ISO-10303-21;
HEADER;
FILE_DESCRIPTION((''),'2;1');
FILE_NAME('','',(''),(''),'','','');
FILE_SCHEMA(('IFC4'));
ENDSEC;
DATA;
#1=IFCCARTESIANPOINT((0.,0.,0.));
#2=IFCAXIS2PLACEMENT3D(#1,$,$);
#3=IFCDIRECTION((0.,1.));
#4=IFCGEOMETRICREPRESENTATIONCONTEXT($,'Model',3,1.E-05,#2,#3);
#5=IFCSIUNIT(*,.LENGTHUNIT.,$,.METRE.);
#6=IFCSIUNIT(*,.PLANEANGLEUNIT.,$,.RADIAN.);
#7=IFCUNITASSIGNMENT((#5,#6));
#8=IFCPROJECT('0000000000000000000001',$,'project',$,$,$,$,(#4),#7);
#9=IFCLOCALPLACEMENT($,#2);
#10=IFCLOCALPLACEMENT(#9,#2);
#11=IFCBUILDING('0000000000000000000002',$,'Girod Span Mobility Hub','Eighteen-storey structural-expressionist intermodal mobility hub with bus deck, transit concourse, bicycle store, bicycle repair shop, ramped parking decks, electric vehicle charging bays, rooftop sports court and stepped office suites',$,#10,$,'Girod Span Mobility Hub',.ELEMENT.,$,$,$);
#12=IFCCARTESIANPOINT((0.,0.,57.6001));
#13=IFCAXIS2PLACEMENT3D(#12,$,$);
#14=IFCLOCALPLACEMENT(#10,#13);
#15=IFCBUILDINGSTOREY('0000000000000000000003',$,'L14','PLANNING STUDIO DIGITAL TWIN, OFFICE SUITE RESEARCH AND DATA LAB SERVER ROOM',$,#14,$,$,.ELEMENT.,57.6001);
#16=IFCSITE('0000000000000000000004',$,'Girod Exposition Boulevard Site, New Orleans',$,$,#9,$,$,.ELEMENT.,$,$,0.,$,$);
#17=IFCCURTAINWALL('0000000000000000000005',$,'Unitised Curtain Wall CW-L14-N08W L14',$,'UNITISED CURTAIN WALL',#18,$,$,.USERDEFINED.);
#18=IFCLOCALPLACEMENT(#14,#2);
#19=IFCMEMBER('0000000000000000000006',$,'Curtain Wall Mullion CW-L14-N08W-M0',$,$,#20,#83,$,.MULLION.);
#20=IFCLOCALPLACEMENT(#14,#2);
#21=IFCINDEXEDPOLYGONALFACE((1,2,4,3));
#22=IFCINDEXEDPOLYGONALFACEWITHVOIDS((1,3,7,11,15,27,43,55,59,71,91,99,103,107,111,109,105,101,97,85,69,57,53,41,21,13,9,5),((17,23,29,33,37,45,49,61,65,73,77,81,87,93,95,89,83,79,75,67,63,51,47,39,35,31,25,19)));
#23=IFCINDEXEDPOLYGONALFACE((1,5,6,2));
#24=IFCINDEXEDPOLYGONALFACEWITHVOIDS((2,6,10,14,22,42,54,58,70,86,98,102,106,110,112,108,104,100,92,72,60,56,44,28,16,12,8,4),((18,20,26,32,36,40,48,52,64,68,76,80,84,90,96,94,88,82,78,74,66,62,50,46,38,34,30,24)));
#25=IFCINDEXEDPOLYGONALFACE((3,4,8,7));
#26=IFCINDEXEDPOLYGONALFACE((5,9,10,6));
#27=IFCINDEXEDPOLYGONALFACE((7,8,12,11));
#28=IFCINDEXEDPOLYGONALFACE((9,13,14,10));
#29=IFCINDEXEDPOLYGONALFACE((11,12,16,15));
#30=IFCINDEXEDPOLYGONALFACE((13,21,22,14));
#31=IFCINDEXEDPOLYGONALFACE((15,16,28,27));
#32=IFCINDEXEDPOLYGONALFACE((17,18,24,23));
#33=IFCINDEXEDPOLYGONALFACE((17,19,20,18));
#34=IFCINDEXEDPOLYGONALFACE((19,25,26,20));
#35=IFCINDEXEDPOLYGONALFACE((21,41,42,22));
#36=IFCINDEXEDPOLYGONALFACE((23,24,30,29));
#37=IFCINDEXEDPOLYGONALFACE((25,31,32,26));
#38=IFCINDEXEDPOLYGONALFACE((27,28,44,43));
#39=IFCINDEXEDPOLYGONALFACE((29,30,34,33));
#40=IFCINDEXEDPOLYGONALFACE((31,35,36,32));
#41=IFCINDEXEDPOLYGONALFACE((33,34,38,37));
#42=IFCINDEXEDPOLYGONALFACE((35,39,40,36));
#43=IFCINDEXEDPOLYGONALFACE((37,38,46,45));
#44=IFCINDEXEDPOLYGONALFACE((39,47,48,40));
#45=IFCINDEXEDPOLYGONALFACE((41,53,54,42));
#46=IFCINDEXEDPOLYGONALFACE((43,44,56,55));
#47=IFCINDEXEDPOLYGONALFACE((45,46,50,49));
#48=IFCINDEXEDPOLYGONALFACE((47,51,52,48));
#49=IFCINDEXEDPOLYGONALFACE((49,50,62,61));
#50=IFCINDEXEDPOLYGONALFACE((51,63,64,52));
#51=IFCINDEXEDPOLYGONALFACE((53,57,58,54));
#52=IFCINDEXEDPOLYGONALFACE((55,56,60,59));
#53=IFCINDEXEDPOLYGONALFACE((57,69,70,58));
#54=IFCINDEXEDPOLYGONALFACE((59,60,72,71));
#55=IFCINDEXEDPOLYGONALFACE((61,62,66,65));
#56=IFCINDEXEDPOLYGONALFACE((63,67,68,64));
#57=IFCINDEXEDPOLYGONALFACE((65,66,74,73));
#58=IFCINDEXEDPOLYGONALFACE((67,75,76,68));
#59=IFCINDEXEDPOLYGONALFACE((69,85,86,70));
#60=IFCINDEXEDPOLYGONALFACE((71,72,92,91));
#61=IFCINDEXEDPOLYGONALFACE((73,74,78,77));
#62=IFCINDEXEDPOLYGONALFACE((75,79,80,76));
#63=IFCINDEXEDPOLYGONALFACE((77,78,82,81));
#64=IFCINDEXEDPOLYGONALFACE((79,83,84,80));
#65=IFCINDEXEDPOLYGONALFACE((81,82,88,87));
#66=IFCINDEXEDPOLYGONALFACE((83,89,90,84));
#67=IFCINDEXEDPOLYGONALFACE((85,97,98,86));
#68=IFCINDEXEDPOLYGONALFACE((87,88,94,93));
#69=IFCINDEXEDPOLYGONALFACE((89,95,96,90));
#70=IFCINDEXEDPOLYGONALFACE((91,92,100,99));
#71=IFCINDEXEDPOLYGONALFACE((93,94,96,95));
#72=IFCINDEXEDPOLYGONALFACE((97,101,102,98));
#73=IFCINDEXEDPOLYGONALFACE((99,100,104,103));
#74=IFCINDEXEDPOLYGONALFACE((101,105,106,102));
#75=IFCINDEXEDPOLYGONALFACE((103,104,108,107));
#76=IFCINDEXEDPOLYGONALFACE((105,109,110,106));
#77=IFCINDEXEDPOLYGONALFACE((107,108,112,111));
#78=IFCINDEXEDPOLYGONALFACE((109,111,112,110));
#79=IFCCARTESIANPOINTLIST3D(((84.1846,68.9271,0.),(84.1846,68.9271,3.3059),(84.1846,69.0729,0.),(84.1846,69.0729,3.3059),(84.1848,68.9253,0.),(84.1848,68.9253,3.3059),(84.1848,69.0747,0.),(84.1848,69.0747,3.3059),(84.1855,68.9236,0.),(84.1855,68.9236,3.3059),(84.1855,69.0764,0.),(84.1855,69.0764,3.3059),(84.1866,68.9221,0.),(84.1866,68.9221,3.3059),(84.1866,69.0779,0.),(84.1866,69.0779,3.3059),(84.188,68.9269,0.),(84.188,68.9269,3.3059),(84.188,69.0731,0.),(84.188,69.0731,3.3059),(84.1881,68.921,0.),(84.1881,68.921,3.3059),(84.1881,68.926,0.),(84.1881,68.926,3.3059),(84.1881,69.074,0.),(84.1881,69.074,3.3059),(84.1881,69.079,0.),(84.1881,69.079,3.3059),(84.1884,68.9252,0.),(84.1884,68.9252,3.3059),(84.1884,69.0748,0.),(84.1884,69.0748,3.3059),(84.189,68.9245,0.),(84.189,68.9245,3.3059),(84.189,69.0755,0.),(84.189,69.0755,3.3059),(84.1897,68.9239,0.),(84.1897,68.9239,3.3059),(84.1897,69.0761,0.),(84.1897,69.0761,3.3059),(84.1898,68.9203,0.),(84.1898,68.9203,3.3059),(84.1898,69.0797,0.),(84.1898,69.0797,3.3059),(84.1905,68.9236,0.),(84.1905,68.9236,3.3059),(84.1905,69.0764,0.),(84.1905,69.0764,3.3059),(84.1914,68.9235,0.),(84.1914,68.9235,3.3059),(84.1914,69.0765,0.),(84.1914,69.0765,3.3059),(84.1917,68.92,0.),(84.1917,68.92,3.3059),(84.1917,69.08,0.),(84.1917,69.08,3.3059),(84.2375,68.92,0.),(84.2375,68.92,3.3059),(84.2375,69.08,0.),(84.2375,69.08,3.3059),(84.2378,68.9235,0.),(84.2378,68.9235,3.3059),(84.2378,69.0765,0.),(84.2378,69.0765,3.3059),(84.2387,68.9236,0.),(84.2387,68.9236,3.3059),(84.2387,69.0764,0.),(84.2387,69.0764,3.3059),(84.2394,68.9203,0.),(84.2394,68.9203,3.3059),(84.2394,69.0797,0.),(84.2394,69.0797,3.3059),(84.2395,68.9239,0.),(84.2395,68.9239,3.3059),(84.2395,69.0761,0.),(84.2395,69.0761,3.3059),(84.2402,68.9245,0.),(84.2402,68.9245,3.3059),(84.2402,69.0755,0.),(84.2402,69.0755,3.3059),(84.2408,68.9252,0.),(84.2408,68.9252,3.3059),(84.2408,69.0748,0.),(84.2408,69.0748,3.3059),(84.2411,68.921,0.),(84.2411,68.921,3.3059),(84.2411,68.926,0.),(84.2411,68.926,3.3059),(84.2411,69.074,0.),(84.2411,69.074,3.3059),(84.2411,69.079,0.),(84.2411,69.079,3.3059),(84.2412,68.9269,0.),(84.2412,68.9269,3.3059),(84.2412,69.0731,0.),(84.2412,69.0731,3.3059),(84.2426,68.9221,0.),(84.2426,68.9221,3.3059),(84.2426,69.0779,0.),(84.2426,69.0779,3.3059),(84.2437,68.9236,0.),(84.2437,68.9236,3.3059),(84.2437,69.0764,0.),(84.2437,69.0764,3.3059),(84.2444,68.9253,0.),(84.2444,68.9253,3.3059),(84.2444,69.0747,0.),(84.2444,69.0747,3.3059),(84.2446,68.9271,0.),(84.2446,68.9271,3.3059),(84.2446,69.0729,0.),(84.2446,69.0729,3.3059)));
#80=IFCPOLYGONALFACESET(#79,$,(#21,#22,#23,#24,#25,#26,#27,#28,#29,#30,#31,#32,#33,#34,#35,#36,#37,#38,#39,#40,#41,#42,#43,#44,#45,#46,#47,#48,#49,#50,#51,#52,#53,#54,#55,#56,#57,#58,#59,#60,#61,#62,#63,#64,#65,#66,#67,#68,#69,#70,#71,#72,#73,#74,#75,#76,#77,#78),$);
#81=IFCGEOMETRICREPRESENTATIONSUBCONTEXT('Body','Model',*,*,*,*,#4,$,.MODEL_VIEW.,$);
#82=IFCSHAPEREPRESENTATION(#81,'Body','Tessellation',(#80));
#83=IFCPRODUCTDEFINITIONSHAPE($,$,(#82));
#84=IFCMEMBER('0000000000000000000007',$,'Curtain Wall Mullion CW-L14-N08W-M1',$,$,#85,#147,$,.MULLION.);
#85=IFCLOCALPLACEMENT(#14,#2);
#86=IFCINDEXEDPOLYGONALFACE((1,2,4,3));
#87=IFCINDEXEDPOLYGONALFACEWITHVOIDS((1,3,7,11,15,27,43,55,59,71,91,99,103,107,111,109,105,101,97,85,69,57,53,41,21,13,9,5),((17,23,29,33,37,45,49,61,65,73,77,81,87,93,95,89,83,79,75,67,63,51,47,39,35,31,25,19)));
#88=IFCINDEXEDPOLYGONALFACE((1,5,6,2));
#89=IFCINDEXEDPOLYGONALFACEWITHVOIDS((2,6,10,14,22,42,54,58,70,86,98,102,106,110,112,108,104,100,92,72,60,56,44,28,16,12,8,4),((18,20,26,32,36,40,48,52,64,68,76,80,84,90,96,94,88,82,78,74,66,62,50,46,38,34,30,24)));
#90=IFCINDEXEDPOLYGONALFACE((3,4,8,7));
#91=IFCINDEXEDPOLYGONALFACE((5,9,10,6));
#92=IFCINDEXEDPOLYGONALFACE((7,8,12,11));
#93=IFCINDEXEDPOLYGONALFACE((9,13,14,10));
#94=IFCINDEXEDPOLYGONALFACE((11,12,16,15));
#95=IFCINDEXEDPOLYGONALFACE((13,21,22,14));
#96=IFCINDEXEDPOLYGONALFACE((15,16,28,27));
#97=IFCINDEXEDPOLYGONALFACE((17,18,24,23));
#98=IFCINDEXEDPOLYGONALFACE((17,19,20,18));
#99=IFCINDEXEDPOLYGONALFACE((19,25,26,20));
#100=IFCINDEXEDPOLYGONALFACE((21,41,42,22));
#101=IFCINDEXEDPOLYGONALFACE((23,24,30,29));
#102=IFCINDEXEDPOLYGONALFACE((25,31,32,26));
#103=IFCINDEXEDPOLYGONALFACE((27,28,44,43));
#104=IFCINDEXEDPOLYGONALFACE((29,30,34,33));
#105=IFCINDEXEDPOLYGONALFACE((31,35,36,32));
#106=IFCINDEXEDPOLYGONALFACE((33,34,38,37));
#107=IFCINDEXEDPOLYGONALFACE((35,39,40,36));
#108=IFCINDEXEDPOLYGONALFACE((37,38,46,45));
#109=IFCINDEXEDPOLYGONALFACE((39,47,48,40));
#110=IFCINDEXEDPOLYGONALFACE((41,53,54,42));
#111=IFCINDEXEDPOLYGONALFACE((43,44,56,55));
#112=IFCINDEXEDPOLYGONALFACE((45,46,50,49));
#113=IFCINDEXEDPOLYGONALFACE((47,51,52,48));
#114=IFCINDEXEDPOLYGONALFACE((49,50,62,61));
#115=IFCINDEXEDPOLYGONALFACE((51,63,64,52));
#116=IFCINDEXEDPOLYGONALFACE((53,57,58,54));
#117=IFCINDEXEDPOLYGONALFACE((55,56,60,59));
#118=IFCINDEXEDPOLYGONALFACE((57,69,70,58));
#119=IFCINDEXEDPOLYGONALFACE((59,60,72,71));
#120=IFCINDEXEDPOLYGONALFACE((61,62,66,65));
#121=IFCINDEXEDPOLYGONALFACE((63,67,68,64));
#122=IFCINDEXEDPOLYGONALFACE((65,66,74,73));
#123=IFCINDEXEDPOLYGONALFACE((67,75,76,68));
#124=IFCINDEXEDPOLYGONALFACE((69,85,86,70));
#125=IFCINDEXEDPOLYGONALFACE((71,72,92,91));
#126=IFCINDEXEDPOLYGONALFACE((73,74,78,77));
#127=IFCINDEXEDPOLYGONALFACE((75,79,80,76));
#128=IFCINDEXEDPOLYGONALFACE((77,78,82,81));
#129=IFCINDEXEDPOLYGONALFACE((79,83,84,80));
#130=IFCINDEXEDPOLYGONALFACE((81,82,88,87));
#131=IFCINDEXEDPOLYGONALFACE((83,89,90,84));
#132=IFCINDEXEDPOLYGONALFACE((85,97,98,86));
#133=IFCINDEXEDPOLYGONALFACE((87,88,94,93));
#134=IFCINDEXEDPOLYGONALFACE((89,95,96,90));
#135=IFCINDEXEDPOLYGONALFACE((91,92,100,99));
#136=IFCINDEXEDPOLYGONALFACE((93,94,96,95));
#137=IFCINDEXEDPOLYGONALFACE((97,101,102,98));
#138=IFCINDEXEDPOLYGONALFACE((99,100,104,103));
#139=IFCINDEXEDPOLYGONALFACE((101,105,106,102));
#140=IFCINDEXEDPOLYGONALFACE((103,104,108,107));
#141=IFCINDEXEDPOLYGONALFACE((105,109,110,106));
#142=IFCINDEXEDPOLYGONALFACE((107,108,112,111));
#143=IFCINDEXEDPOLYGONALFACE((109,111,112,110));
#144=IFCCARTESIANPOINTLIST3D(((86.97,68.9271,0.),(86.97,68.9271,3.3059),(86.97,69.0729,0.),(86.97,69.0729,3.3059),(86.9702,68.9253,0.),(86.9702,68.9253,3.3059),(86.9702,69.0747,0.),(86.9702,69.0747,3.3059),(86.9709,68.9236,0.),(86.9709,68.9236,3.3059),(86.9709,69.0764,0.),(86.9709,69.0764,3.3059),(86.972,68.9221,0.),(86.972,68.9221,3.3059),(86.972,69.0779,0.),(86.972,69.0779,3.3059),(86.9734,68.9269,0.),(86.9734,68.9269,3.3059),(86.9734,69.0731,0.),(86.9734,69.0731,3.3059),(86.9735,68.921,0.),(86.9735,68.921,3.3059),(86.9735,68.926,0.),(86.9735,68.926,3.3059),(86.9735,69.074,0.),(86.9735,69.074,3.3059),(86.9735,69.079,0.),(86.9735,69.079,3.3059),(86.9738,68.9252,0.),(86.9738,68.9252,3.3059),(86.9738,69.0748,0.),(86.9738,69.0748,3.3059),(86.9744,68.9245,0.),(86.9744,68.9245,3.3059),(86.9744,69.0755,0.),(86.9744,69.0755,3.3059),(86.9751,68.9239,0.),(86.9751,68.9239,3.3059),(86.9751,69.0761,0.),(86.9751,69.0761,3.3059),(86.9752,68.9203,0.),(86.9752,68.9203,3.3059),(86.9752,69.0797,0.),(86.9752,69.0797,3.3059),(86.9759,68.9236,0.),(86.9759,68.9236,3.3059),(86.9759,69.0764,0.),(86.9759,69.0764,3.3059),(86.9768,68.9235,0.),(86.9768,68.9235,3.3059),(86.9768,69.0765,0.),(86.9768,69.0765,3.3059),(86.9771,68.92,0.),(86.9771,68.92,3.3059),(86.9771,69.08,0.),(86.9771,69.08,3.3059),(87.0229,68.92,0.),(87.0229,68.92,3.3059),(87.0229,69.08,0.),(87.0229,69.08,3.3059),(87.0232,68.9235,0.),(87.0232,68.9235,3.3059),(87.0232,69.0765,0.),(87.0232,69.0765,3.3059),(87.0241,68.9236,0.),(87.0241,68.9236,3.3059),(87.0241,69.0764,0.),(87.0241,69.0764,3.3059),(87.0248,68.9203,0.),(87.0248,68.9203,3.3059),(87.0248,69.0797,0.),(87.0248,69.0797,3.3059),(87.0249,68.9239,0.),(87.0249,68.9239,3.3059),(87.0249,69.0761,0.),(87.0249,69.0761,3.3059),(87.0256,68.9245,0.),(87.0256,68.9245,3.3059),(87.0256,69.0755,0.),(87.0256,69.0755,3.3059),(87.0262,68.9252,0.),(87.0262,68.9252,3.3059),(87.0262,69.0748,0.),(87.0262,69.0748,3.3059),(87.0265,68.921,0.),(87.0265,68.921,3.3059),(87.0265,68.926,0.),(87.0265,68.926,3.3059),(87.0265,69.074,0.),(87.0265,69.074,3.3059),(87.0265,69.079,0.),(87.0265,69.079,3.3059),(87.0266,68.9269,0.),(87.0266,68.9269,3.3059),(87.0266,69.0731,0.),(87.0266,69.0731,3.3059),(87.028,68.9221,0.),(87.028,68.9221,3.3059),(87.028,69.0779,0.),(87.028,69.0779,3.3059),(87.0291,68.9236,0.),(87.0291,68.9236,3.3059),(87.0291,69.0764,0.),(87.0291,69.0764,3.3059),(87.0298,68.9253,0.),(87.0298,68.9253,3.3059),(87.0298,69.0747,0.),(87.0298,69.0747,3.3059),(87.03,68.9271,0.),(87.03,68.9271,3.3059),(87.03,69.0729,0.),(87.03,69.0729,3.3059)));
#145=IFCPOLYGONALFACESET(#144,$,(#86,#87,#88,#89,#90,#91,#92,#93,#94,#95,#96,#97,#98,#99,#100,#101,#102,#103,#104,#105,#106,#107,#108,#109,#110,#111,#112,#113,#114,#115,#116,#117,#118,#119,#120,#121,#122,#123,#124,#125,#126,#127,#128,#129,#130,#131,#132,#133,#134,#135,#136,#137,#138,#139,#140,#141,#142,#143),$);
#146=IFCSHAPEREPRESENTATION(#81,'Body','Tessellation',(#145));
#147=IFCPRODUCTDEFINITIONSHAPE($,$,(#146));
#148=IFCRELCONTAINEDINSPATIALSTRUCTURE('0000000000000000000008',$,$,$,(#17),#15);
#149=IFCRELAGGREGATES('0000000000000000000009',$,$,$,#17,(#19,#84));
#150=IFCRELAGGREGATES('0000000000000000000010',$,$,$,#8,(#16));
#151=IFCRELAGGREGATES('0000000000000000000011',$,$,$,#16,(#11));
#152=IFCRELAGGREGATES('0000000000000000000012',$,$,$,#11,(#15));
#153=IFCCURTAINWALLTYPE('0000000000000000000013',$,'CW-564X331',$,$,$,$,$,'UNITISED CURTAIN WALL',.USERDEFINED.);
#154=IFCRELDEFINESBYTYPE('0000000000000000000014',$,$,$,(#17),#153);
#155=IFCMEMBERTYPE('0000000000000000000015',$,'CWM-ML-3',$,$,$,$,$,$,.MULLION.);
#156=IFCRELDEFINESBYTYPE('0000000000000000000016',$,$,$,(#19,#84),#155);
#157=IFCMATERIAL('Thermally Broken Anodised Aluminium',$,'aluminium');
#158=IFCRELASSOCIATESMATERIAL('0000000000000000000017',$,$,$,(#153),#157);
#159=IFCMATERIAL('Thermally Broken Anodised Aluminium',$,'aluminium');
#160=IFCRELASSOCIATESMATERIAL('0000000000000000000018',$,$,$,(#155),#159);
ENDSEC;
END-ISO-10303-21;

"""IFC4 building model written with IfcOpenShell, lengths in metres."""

from ifc_helpers import new_model, si_unit, direction, frame, origin, origin_2d, place, context, subcontext, project, spatial, hollow_rectangle, extrude, material, material_profile, profile_set, type_object, element, aggregate, save


model = new_model("IFC4")

# Units and contexts
model_context = context("Model", 3, precision=1e-05, world=origin(), true_north=direction((0.0, 1.0)))
body_context = subcontext(model_context, "Body", "Model", "MODEL_VIEW")
ifc_project = project(units=[si_unit("LENGTHUNIT", "METRE"), si_unit("PLANEANGLEUNIT", "RADIAN")], contexts=[model_context])

# Site, building, storey
site_placement = place(None, origin())
site = spatial("IfcSite", under=ifc_project, at=site_placement, Name="Girod Exposition Boulevard Site, New Orleans", CompositionType="ELEMENT", RefElevation=0.0)
building_placement = place(site_placement, origin())
building = spatial("IfcBuilding", under=site, at=building_placement, Name="Girod Span Mobility Hub", Description="Eighteen-storey structural-expressionist intermodal mobility hub with bus deck, transit concourse, bicycle store, bicycle repair shop, ramped parking decks, electric vehicle charging bays, rooftop sports court and stepped office suites", LongName="Girod Span Mobility Hub", CompositionType="ELEMENT")
storey_placement = place(building_placement, frame((0.0, 0.0, 57.6001)))
storey = spatial("IfcBuildingStorey", under=building, at=storey_placement, Name="L14", Description="PLANNING STUDIO DIGITAL TWIN, OFFICE SUITE RESEARCH AND DATA LAB SERVER ROOM", CompositionType="ELEMENT", Elevation=57.6001)

# Curtain wall, members
ifc_material_1 = material(Name="Thermally Broken Anodised Aluminium", Category="aluminium")
curtain_wall_type = type_object("IfcCurtainWallType", Name="CW-564X331", ElementType="UNITISED CURTAIN WALL", PredefinedType="USERDEFINED", material=ifc_material_1)
ifc_material_2 = material(Name="Thermally Broken Anodised Aluminium", Category="aluminium")
ifc_material_profile_1 = material_profile(ifc_material_2, hollow_rectangle(XDim=0.1599, YDim=0.0601, WallThickness=0.0034, InnerFilletRadius=0.0034, OuterFilletRadius=0.0071, at=origin_2d()), Name="CW-ML-60X160")
ifc_profile_set_1 = profile_set([ifc_material_profile_1], Name="Thermally Broken Anodised Aluminium")
member_type_1 = type_object("IfcMemberType", Name="CWM-ML-3", PredefinedType="MULLION", material=ifc_profile_set_1)
curtain_wall_1_placement = place(storey_placement, origin())
curtain_wall_1 = element("IfcCurtainWall", 1, at=curtain_wall_1_placement, inside=storey, type_object=curtain_wall_type, Name="Unitised Curtain Wall CW-L14-N08W L14", ObjectType="UNITISED CURTAIN WALL", PredefinedType="USERDEFINED")
member_1_placement = place(storey_placement, frame((84.2146, 69.0, 0.0), z_axis=(0.0, 0.0, 1.0), x_axis=(0.0, 1.0, 0.0)))
member_1 = element("IfcMember", 2, at=member_1_placement, type_object=member_type_1, Name="Curtain Wall Mullion CW-L14-N08W-M0", PredefinedType="MULLION", context=body_context, shape_type="SweptSolid", body=[
    extrude(hollow_rectangle(XDim=0.1599, YDim=0.0601, WallThickness=0.0034, InnerFilletRadius=0.0034, OuterFilletRadius=0.0071, at=origin_2d()), origin(), (0.0, 0.0, 1.0), 3.3059),
])
member_2_placement = place(storey_placement, frame((87.0, 69.0, 0.0), z_axis=(0.0, 0.0, 1.0), x_axis=(0.0, 1.0, 0.0)))
member_2 = element("IfcMember", 3, at=member_2_placement, type_object=member_type_1, Name="Curtain Wall Mullion CW-L14-N08W-M1", PredefinedType="MULLION", context=body_context, shape_type="SweptSolid", body=[
    extrude(hollow_rectangle(XDim=0.1599, YDim=0.0601, WallThickness=0.0034, InnerFilletRadius=0.0034, OuterFilletRadius=0.0071, at=origin_2d()), origin(), (0.0, 0.0, 1.0), 3.3059),
])

aggregate(curtain_wall_1, [member_1, member_2])

save(model, "model.ifc")
